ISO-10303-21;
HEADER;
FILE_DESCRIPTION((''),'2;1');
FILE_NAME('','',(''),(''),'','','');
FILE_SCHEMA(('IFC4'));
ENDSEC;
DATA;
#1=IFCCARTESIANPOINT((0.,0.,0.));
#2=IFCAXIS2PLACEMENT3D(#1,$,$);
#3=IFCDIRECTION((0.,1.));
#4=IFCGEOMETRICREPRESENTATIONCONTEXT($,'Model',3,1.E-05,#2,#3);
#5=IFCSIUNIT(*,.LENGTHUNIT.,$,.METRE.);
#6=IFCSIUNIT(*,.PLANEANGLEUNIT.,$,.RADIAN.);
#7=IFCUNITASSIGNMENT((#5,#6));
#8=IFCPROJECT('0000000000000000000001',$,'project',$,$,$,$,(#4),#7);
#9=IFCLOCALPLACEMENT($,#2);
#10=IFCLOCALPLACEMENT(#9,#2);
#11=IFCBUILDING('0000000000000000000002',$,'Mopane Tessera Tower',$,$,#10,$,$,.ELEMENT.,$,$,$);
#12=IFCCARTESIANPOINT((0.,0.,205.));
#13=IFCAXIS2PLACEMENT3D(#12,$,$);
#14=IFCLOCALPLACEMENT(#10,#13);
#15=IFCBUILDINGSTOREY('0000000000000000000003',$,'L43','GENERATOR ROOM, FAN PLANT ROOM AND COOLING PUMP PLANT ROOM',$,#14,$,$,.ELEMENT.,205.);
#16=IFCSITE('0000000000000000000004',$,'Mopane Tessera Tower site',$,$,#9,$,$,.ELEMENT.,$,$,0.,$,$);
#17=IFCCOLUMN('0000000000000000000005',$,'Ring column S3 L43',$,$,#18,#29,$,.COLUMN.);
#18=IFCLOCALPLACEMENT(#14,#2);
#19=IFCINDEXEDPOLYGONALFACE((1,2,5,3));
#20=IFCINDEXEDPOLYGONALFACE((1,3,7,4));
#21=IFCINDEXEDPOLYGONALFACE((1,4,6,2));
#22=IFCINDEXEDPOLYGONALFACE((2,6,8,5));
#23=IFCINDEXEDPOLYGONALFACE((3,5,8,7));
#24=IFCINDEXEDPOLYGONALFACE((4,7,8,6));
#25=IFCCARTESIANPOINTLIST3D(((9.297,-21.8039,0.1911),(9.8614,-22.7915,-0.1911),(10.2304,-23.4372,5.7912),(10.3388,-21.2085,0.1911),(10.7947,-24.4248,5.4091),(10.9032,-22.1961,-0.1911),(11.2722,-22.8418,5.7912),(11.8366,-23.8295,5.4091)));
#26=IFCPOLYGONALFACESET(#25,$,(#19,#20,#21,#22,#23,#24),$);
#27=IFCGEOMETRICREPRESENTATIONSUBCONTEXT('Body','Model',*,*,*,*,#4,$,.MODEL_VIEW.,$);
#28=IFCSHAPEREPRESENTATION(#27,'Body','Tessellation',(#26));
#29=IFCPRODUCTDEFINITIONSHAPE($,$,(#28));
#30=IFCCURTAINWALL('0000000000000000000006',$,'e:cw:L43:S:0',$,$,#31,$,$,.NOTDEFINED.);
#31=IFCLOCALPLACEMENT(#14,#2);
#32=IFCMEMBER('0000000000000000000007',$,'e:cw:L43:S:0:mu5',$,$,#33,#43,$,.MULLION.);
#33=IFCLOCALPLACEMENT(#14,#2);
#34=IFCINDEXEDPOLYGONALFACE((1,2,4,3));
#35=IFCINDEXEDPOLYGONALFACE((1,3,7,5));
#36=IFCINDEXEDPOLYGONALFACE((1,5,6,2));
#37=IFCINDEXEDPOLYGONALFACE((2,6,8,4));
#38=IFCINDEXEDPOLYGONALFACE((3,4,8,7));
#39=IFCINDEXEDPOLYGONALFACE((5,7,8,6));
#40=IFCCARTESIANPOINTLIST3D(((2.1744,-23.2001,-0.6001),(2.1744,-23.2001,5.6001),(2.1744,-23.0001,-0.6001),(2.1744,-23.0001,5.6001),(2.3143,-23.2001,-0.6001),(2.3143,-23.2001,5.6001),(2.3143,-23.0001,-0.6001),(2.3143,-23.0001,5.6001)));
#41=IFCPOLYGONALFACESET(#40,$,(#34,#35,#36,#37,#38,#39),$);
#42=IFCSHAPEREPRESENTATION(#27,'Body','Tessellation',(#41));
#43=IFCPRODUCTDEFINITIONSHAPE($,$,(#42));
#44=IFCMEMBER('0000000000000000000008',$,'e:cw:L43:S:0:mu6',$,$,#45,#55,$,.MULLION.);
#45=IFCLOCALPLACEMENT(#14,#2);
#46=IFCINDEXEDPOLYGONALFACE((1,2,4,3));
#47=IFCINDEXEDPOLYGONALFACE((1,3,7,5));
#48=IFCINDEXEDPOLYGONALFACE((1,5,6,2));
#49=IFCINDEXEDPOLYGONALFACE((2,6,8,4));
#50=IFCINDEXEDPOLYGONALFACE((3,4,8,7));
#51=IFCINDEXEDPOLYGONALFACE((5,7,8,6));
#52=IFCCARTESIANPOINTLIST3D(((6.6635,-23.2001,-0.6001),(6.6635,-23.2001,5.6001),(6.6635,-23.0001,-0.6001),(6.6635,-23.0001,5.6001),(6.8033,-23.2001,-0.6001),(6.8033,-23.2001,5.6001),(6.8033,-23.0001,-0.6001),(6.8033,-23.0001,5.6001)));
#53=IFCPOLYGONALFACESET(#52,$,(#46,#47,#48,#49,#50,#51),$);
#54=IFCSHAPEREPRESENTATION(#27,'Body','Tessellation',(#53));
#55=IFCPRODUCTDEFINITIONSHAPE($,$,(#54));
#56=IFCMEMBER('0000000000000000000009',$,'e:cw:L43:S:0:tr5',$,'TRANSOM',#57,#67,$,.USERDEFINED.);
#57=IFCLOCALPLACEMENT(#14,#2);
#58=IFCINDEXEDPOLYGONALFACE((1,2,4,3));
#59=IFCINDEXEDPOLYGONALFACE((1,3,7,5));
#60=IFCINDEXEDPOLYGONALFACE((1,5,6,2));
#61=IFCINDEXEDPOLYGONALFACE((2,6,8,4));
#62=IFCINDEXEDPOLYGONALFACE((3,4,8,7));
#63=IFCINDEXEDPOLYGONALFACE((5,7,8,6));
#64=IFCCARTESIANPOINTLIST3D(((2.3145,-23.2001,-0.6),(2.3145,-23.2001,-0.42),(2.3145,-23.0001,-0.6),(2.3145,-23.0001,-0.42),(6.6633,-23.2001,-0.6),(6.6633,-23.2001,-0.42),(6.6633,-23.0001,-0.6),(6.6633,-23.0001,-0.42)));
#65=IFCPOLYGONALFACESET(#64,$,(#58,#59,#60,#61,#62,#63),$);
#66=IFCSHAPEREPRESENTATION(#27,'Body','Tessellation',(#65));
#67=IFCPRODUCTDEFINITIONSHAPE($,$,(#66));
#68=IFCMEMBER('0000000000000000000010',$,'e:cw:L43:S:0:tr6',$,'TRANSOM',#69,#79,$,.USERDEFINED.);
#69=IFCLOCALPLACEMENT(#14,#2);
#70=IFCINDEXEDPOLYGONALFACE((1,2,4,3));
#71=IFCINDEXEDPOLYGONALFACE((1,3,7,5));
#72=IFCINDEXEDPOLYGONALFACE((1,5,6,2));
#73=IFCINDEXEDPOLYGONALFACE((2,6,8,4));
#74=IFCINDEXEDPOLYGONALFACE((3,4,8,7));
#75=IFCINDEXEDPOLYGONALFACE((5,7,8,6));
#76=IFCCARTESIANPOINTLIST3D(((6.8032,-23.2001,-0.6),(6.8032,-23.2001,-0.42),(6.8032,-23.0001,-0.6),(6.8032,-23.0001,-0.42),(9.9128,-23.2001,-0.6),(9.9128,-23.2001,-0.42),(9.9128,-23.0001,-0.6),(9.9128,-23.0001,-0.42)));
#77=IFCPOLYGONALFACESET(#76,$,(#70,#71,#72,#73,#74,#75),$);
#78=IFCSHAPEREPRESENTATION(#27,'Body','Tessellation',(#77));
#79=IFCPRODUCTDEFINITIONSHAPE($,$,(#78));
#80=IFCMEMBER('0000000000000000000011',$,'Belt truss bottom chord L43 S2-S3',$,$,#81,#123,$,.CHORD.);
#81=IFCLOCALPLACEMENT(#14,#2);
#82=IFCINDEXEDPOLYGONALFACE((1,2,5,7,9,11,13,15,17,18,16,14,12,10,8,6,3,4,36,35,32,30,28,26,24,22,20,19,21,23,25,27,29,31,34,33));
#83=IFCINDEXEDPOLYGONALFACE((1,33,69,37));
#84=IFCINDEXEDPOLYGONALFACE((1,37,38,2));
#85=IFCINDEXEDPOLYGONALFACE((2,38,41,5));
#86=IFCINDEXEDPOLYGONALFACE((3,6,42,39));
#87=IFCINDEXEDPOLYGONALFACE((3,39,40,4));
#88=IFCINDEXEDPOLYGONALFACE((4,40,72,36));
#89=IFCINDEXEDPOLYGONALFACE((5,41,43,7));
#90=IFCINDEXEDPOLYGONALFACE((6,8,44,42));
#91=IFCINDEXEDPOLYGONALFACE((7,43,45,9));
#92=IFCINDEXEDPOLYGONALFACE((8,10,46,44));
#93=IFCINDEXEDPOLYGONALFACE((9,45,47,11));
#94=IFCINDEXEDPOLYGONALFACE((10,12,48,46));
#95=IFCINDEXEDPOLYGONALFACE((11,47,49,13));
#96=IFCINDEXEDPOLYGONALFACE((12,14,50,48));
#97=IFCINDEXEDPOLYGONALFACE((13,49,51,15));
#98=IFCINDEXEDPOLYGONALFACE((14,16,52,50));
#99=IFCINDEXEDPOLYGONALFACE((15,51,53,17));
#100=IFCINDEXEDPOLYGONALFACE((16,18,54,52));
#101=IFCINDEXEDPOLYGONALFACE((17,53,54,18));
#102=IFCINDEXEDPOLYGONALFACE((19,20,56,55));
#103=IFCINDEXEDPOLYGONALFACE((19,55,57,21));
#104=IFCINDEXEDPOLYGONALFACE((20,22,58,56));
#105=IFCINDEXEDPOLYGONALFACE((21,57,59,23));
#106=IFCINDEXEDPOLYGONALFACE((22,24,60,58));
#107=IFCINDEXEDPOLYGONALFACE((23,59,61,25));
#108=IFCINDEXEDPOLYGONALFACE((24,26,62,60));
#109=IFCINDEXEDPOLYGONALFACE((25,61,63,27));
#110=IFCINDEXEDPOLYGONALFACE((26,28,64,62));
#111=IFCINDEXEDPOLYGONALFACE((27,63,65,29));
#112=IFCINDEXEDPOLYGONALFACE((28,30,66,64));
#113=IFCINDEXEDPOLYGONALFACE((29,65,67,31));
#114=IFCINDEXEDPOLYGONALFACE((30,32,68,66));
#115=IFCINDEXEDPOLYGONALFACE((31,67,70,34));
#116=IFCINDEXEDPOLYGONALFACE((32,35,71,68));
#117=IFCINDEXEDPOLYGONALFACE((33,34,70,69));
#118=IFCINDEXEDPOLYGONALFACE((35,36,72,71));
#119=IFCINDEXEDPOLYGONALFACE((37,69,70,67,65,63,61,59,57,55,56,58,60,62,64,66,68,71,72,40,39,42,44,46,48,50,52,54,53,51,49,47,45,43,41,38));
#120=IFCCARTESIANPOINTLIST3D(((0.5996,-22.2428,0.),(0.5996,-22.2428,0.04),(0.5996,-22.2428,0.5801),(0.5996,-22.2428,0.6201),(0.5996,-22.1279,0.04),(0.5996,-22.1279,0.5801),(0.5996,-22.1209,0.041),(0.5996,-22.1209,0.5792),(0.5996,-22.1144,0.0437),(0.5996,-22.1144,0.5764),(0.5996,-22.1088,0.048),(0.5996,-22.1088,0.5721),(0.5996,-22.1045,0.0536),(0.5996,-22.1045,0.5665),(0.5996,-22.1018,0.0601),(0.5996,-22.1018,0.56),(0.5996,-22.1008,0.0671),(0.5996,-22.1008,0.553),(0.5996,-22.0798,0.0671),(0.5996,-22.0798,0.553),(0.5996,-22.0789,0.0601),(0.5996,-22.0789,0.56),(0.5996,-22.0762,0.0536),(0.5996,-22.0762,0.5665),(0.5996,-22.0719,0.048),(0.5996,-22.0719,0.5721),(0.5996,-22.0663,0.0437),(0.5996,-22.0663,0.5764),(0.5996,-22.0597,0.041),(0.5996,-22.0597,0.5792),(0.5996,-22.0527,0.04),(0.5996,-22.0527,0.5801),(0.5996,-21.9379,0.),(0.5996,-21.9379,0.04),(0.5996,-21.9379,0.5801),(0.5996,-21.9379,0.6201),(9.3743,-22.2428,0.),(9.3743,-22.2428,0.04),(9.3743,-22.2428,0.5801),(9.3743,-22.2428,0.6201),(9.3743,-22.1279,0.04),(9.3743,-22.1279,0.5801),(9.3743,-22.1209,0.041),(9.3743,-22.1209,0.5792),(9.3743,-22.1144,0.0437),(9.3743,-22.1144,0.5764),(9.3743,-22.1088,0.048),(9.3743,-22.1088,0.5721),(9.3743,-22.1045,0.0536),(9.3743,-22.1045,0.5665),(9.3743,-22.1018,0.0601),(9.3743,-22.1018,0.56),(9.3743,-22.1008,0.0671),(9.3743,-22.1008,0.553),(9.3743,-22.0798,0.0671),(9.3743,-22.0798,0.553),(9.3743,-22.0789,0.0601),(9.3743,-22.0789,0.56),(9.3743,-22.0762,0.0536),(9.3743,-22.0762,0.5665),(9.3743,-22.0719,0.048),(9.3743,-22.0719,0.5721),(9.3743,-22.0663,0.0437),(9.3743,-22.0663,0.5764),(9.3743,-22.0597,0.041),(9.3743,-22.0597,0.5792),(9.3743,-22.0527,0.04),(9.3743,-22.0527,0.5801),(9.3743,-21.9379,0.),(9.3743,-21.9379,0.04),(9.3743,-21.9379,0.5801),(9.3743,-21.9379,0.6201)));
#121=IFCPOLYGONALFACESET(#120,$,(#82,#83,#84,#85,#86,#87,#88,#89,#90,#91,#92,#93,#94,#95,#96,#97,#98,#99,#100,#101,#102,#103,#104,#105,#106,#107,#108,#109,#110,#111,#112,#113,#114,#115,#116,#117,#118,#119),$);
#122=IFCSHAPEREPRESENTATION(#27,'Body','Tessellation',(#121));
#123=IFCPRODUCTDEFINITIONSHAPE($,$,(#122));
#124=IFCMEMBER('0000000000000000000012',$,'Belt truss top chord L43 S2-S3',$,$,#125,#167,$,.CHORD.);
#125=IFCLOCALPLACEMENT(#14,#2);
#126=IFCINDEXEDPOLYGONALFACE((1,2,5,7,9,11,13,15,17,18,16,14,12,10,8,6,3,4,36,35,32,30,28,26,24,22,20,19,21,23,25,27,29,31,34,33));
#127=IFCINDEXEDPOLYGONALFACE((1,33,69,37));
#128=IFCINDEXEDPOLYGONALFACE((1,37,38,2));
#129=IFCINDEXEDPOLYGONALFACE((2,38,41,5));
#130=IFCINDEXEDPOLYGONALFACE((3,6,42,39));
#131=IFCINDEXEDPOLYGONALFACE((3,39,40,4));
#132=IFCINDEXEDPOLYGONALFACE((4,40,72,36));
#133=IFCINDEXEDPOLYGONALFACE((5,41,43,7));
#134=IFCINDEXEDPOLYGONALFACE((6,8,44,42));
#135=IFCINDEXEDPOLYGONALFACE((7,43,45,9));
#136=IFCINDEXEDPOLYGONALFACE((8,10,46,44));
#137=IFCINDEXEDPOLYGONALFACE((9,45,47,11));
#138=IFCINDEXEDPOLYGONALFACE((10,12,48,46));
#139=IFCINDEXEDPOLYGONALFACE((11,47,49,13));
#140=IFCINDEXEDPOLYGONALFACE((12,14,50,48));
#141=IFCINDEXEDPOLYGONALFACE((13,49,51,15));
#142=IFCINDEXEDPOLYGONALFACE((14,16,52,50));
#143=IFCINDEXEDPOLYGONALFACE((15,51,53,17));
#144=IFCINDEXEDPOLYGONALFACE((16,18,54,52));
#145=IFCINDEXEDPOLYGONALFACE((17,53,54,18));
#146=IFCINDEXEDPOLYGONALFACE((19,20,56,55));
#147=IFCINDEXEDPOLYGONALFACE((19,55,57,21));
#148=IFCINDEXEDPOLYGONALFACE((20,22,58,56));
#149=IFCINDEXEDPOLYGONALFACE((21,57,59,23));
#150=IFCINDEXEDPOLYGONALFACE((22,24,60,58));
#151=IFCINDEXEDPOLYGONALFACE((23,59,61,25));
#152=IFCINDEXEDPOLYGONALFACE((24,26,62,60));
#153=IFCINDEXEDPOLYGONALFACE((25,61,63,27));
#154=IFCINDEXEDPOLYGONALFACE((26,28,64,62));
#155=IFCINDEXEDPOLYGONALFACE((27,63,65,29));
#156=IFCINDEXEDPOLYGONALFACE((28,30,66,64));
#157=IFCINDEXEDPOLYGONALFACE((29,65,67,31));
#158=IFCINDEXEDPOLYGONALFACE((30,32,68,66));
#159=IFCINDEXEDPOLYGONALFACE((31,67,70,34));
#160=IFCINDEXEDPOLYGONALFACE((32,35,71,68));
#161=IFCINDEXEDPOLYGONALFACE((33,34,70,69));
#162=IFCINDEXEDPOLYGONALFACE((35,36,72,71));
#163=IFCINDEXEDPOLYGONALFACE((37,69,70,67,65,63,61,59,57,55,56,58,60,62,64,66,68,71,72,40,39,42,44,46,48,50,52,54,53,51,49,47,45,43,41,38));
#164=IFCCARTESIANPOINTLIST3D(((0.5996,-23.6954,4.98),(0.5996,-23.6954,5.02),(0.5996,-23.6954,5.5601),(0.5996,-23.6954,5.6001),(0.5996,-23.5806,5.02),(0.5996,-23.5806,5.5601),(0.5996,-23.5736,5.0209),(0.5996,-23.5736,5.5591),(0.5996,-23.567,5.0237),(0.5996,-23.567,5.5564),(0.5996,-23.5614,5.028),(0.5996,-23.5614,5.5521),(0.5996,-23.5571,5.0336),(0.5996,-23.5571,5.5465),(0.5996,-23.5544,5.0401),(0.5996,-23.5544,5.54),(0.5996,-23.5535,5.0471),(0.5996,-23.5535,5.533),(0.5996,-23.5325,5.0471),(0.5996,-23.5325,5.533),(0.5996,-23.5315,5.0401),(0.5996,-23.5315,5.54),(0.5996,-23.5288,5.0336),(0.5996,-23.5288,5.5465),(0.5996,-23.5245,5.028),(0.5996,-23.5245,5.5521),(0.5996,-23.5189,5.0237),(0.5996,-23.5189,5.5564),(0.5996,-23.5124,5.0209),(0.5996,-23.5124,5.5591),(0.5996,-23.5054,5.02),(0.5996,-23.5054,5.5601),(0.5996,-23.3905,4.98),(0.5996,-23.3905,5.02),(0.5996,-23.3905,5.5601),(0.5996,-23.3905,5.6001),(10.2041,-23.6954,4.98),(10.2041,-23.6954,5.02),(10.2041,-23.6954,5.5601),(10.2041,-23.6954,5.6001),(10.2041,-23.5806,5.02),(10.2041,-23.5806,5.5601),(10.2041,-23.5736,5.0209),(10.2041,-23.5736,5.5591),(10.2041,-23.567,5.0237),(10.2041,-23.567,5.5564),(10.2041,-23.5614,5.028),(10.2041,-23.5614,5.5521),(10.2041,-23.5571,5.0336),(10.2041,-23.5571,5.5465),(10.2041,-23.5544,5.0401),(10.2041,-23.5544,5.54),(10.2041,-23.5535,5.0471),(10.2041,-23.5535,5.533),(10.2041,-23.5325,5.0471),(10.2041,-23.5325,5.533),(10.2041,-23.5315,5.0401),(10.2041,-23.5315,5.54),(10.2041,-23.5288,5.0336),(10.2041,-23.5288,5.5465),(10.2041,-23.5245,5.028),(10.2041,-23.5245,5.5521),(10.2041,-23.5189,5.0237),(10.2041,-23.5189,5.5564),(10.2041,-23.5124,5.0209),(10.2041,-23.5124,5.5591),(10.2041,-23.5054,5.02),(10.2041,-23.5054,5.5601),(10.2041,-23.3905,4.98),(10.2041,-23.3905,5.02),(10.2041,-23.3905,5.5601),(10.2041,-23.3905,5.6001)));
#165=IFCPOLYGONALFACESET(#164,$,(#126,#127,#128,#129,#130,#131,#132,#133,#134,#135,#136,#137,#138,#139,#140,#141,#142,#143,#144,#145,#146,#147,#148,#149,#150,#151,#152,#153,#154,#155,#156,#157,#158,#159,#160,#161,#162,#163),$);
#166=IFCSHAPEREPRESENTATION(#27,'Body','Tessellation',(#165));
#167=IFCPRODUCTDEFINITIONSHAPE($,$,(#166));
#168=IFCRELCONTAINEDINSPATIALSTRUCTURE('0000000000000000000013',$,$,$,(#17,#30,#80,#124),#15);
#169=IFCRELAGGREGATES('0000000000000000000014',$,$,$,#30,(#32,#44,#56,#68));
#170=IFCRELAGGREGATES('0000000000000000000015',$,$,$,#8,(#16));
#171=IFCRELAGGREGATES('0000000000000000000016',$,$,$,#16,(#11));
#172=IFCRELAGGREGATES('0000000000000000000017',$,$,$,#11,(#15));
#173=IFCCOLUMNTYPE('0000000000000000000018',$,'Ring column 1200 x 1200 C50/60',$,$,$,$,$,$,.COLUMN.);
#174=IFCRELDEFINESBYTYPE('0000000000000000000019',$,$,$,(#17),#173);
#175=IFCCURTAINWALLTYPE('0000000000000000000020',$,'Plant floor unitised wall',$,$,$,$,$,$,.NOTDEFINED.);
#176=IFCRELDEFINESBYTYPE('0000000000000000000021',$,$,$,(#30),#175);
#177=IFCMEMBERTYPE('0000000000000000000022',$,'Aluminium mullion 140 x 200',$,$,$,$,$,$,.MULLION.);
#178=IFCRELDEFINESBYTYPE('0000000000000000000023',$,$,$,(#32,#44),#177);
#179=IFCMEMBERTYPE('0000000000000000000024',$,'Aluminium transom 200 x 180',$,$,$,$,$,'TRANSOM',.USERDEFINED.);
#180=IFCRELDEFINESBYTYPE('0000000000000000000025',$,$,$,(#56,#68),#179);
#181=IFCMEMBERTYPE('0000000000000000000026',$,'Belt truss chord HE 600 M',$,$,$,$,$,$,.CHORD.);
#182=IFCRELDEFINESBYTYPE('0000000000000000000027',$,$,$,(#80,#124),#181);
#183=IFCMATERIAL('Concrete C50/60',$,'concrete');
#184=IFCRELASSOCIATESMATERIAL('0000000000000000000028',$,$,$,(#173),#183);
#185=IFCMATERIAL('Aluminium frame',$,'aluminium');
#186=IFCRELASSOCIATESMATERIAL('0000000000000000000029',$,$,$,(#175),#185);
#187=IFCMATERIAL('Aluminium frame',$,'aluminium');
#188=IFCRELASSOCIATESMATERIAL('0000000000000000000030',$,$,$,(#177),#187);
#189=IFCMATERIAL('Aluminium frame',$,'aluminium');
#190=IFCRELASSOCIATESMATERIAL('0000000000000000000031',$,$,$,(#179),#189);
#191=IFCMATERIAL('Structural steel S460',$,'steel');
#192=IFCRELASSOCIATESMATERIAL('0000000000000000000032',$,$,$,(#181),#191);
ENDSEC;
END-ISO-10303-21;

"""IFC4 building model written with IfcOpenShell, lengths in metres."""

from ifc_helpers import new_model, si_unit, direction, frame, origin, origin_2d, place, context, subcontext, project, spatial, rectangle, i_section, extrude, material, material_profile, profile_set, type_object, element, aggregate, save


model = new_model("IFC4")

# Units and contexts
model_context = context("Model", 3, precision=1e-05, world=origin(), true_north=direction((0.0, 1.0)))
body_context = subcontext(model_context, "Body", "Model", "MODEL_VIEW")
ifc_project = project(units=[si_unit("LENGTHUNIT", "METRE"), si_unit("PLANEANGLEUNIT", "RADIAN")], contexts=[model_context])

# Site, building, storey
site_placement = place(None, origin())
site = spatial("IfcSite", under=ifc_project, at=site_placement, Name="Mopane Tessera Tower site", CompositionType="ELEMENT", RefElevation=0.0)
building_placement = place(site_placement, origin())
building = spatial("IfcBuilding", under=site, at=building_placement, Name="Mopane Tessera Tower", CompositionType="ELEMENT")
storey_placement = place(building_placement, frame((0.0, 0.0, 205.0)))
storey = spatial("IfcBuildingStorey", under=building, at=storey_placement, Name="L43", Description="GENERATOR ROOM, FAN PLANT ROOM AND COOLING PUMP PLANT ROOM", CompositionType="ELEMENT", Elevation=205.0)

# Column
ifc_material_1 = material(Name="Concrete C50/60", Category="concrete")
ifc_material_profile_1 = material_profile(ifc_material_1, rectangle(XDim=1.2, YDim=1.2, at=origin_2d()))
ifc_profile_set_1 = profile_set([ifc_material_profile_1], Name="Concrete C50/60")
column_type = type_object("IfcColumnType", Name="Ring column 1200 x 1200 C50/60", PredefinedType="COLUMN", material=ifc_profile_set_1)
column_placement = place(storey_placement, frame((10.1001, -22.0, 0.0), z_axis=(0.157991, -0.276474, 0.947946), x_axis=(0.868235, 0.496153, 0.0)))
element("IfcColumn", 1, at=column_placement, inside=storey, type_object=column_type, Name="Ring column S3 L43", PredefinedType="COLUMN", context=body_context, shape_type="SweptSolid", body=[
    extrude(rectangle(XDim=1.2, YDim=1.2, at=origin_2d()), origin(), (0.0, 0.0, 1.0), 5.9077),
])

# Curtain wall, members
ifc_material_2 = material(Name="Aluminium frame", Category="aluminium")
curtain_wall_type = type_object("IfcCurtainWallType", Name="Plant floor unitised wall", PredefinedType="NOTDEFINED", material=ifc_material_2)
curtain_wall_placement = place(storey_placement, origin())
curtain_wall = element("IfcCurtainWall", 2, at=curtain_wall_placement, inside=storey, type_object=curtain_wall_type, Name="e:cw:L43:S:0", PredefinedType="NOTDEFINED")
ifc_material_3 = material(Name="Aluminium frame", Category="aluminium")
ifc_material_profile_2 = material_profile(ifc_material_3, rectangle(XDim=0.1399, YDim=0.2, at=origin_2d()))
ifc_profile_set_2 = profile_set([ifc_material_profile_2], Name="Aluminium frame")
member_type_1 = type_object("IfcMemberType", Name="Aluminium mullion 140 x 200", PredefinedType="MULLION", material=ifc_profile_set_2)
member_1_placement = place(storey_placement, frame((2.2444, -23.1001, -0.6001), z_axis=(0.0, 0.0, 1.0), x_axis=(1.0, 0.0, 0.0)))
member_1 = element("IfcMember", 3, at=member_1_placement, type_object=member_type_1, Name="e:cw:L43:S:0:mu5", PredefinedType="MULLION", context=body_context, shape_type="SweptSolid", body=[
    extrude(rectangle(XDim=0.1399, YDim=0.2, at=origin_2d()), origin(), (0.0, 0.0, 1.0), 6.2002),
])
member_2_placement = place(storey_placement, frame((6.7334, -23.1001, -0.6001), z_axis=(0.0, 0.0, 1.0), x_axis=(1.0, 0.0, 0.0)))
member_2 = element("IfcMember", 4, at=member_2_placement, type_object=member_type_1, Name="e:cw:L43:S:0:mu6", PredefinedType="MULLION", context=body_context, shape_type="SweptSolid", body=[
    extrude(rectangle(XDim=0.1399, YDim=0.2, at=origin_2d()), origin(), (0.0, 0.0, 1.0), 6.2002),
])
ifc_material_4 = material(Name="Aluminium frame", Category="aluminium")
ifc_material_profile_3 = material_profile(ifc_material_4, rectangle(XDim=0.2, YDim=0.1799, at=origin_2d()))
ifc_profile_set_3 = profile_set([ifc_material_profile_3], Name="Aluminium frame")
member_type_2 = type_object("IfcMemberType", Name="Aluminium transom 200 x 180", ElementType="TRANSOM", PredefinedType="USERDEFINED", material=ifc_profile_set_3)
member_3_placement = place(storey_placement, frame((2.3145, -23.1001, -0.51), z_axis=(1.0, 0.0, 0.0), x_axis=(0.0, 1.0, 0.0)))
member_3 = element("IfcMember", 5, at=member_3_placement, type_object=member_type_2, Name="e:cw:L43:S:0:tr5", ObjectType="TRANSOM", PredefinedType="USERDEFINED", context=body_context, shape_type="SweptSolid", body=[
    extrude(rectangle(XDim=0.2, YDim=0.1799, at=origin_2d()), origin(), (0.0, 0.0, 1.0), 4.3489),
])
member_4_placement = place(storey_placement, frame((6.8032, -23.1001, -0.51), z_axis=(1.0, 0.0, 0.0), x_axis=(0.0, 1.0, 0.0)))
member_4 = element("IfcMember", 6, at=member_4_placement, type_object=member_type_2, Name="e:cw:L43:S:0:tr6", ObjectType="TRANSOM", PredefinedType="USERDEFINED", context=body_context, shape_type="SweptSolid", body=[
    extrude(rectangle(XDim=0.2, YDim=0.1799, at=origin_2d()), origin(), (0.0, 0.0, 1.0), 3.1096),
])

# Members
ifc_material_5 = material(Name="Structural steel S460", Category="steel")
ifc_material_profile_4 = material_profile(ifc_material_5, i_section(OverallWidth=0.3049, OverallDepth=0.6201, WebThickness=0.021, FlangeThickness=0.04, FilletRadius=0.0271, at=origin_2d()))
ifc_profile_set_4 = profile_set([ifc_material_profile_4], Name="Structural steel S460")
member_type_3 = type_object("IfcMemberType", Name="Belt truss chord HE 600 M", PredefinedType="CHORD", material=ifc_profile_set_4)
member_5_placement = place(storey_placement, frame((0.5996, -22.0903, 0.3101), z_axis=(1.0, 0.0, 0.0), x_axis=(0.0, 1.0, 0.0)))
element("IfcMember", 7, at=member_5_placement, inside=storey, type_object=member_type_3, Name="Belt truss bottom chord L43 S2-S3", PredefinedType="CHORD", context=body_context, shape_type="SweptSolid", body=[
    extrude(i_section(OverallWidth=0.3049, OverallDepth=0.6201, WebThickness=0.021, FlangeThickness=0.04, FilletRadius=0.0271, at=origin_2d()), origin(), (0.0, 0.0, 1.0), 8.7747),
])
member_6_placement = place(storey_placement, frame((0.5996, -23.543, 5.29), z_axis=(1.0, 0.0, 0.0), x_axis=(0.0, 1.0, 0.0)))
element("IfcMember", 8, at=member_6_placement, inside=storey, type_object=member_type_3, Name="Belt truss top chord L43 S2-S3", PredefinedType="CHORD", context=body_context, shape_type="SweptSolid", body=[
    extrude(i_section(OverallWidth=0.3049, OverallDepth=0.6201, WebThickness=0.021, FlangeThickness=0.04, FilletRadius=0.0271, at=origin_2d()), origin(), (0.0, 0.0, 1.0), 9.6045),
])

aggregate(curtain_wall, [member_1, member_2, member_3, member_4])

save(model, "model.ifc")
